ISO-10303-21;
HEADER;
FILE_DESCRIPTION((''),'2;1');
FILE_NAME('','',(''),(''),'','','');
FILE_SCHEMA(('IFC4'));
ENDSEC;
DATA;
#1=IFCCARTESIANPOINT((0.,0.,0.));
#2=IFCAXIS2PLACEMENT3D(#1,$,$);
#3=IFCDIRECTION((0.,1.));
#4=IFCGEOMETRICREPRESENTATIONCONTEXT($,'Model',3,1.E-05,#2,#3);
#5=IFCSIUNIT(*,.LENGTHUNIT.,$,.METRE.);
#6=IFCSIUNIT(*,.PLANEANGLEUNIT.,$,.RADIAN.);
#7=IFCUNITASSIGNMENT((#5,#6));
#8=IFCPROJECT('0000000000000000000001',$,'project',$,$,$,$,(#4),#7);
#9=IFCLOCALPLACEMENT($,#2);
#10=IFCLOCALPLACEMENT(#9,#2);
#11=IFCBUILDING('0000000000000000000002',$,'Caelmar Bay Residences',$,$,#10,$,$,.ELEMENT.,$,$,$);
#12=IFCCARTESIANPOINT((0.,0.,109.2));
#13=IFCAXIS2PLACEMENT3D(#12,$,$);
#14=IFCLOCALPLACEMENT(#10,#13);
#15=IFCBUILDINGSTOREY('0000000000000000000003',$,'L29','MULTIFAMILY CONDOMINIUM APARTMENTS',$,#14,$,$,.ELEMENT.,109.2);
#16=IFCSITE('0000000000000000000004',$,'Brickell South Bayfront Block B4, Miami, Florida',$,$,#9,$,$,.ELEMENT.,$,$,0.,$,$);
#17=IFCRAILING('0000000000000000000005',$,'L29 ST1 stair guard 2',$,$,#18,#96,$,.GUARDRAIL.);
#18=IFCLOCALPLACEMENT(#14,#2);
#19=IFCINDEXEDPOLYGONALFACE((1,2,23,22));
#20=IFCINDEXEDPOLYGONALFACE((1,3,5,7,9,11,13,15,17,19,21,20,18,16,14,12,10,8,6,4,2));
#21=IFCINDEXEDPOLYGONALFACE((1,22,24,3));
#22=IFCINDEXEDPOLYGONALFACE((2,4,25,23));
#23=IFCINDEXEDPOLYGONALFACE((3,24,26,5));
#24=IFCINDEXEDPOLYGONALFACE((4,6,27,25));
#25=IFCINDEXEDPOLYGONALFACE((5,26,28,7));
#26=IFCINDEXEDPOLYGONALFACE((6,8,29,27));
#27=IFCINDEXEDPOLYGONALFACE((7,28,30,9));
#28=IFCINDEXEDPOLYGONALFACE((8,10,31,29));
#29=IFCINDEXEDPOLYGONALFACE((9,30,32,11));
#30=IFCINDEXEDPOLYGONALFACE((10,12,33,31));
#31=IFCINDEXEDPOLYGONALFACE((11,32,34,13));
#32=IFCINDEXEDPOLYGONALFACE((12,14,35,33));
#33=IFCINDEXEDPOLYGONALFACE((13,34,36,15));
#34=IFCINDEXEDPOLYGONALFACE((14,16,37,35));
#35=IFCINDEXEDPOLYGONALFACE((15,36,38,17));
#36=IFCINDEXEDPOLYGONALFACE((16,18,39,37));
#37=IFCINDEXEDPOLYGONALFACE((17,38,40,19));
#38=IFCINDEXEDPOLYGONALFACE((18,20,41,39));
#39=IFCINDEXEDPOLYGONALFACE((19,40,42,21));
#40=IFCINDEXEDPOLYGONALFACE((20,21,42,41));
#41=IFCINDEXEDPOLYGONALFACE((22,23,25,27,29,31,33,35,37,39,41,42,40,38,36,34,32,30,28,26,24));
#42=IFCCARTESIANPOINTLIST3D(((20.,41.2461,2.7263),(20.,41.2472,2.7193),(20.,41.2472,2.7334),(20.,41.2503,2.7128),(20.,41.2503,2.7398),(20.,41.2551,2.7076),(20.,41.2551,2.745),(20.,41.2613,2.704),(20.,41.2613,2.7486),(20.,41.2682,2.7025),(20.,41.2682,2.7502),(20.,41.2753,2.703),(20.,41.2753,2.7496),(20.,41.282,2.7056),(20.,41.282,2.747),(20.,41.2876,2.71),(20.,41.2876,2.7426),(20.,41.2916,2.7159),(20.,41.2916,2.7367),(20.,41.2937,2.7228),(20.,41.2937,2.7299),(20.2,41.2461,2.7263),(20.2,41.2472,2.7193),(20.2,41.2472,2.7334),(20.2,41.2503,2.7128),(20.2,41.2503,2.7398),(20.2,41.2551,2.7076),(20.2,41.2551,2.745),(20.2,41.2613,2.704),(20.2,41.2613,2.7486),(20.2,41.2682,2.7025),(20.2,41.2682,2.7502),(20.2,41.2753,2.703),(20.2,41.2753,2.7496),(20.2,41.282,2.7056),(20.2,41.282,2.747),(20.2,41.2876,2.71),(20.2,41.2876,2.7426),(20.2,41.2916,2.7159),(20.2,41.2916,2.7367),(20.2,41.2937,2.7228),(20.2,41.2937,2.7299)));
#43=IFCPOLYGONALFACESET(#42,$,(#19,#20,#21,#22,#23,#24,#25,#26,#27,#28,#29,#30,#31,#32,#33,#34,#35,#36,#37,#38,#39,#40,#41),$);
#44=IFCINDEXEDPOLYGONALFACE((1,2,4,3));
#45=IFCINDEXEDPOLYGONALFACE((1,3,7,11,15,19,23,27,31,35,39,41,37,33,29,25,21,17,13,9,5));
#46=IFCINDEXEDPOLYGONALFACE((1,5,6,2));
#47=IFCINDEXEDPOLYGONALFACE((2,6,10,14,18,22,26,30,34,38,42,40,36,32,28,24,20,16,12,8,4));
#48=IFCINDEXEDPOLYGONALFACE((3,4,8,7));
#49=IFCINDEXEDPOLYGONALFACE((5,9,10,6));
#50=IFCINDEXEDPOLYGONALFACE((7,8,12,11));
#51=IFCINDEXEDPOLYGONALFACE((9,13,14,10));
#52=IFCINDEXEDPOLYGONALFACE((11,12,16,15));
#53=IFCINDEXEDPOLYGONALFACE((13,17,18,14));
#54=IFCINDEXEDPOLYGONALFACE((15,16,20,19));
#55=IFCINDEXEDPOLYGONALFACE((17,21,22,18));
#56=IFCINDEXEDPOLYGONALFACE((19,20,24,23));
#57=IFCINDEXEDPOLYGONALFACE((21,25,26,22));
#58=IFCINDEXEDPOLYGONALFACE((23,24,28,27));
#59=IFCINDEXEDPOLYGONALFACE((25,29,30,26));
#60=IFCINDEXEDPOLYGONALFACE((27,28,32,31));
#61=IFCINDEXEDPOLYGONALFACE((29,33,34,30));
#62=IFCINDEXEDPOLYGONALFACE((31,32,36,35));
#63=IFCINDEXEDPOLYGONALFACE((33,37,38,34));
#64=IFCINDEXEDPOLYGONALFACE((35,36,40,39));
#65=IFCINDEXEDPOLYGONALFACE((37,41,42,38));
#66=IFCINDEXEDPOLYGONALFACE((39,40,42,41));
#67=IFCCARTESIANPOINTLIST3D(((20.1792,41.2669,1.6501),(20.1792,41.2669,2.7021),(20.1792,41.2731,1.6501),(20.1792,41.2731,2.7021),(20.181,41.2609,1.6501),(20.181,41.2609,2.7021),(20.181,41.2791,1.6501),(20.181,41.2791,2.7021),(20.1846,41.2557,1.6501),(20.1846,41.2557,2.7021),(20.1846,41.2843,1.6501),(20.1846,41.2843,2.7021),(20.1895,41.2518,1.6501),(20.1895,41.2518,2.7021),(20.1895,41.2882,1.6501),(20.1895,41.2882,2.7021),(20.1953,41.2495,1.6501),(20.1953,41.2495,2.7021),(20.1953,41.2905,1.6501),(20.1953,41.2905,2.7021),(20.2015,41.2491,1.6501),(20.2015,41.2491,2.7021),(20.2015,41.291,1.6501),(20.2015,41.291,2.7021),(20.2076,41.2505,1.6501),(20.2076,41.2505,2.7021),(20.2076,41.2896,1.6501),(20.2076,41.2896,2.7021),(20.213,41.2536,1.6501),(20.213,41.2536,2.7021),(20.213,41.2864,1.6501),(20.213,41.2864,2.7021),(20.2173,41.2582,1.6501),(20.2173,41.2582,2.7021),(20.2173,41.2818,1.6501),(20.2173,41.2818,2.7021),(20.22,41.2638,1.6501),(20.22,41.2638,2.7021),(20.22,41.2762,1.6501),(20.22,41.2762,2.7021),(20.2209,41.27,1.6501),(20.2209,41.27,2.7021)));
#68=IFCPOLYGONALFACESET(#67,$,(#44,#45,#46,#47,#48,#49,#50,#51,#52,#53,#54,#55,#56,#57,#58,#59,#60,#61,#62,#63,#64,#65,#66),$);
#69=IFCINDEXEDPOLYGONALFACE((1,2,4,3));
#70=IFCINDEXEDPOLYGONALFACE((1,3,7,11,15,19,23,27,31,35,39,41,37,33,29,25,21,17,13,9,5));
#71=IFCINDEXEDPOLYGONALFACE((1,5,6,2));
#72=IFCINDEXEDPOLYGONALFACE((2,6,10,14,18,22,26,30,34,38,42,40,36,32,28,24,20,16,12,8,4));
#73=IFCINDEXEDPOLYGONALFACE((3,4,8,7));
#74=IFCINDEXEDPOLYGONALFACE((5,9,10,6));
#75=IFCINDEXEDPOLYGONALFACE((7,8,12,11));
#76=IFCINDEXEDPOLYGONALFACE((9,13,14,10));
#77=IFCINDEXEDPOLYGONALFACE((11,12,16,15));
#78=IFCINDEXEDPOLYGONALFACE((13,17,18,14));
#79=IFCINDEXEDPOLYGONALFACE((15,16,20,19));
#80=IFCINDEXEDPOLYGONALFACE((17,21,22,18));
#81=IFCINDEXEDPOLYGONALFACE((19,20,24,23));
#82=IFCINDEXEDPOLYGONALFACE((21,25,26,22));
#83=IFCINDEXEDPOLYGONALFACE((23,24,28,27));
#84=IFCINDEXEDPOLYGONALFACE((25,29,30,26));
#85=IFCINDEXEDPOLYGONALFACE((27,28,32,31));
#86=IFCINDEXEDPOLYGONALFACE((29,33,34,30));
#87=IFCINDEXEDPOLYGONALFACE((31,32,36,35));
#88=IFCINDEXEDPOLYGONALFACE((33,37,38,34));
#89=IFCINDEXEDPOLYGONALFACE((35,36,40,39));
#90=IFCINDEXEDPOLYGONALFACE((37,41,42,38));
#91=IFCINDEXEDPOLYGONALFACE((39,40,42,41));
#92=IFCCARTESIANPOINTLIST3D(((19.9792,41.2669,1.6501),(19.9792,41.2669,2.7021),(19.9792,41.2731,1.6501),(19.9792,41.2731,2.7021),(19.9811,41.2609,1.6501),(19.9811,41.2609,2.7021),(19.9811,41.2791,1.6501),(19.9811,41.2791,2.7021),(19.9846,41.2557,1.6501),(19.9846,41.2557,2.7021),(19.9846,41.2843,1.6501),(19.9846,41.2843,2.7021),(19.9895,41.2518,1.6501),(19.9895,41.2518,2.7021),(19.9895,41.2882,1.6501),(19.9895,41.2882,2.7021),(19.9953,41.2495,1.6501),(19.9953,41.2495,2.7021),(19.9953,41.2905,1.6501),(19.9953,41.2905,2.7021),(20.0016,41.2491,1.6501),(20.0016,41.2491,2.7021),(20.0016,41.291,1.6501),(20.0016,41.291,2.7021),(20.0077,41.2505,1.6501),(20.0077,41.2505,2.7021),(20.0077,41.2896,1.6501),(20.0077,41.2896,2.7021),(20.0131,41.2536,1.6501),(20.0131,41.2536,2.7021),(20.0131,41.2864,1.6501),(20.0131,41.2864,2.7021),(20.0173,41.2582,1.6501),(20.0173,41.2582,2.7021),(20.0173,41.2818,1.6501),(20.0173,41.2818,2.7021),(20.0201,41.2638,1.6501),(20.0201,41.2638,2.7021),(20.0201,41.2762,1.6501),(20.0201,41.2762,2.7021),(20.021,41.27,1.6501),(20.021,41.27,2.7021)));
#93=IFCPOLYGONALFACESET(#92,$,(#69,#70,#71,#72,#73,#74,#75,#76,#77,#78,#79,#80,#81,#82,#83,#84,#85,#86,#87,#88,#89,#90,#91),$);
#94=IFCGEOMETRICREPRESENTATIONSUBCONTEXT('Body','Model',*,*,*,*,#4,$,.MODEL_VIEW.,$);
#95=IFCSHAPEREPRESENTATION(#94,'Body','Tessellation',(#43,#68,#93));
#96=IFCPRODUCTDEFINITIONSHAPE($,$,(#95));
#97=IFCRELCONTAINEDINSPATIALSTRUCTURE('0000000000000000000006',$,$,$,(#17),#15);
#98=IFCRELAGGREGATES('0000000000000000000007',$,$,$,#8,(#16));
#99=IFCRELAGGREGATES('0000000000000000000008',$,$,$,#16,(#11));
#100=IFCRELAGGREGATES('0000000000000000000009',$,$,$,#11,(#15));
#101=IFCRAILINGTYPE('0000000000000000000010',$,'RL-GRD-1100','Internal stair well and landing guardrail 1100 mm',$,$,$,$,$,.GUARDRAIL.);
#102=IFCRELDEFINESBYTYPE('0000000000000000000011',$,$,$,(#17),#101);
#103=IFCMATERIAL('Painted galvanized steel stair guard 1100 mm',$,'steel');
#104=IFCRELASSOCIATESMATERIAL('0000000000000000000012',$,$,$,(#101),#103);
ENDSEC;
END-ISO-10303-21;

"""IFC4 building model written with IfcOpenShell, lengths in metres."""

from ifc_helpers import new_model, si_unit, direction, frame, origin, origin_2d, place, context, subcontext, project, spatial, circle, extrude, material, type_object, element, save


model = new_model("IFC4")

# Units and contexts
model_context = context("Model", 3, precision=1e-05, world=origin(), true_north=direction((0.0, 1.0)))
body_context = subcontext(model_context, "Body", "Model", "MODEL_VIEW")
ifc_project = project(units=[si_unit("LENGTHUNIT", "METRE"), si_unit("PLANEANGLEUNIT", "RADIAN")], contexts=[model_context])

# Site, building, storey
site_placement = place(None, origin())
site = spatial("IfcSite", under=ifc_project, at=site_placement, Name="Brickell South Bayfront Block B4, Miami, Florida", CompositionType="ELEMENT", RefElevation=0.0)
building_placement = place(site_placement, origin())
building = spatial("IfcBuilding", under=site, at=building_placement, Name="Caelmar Bay Residences", CompositionType="ELEMENT")
storey_placement = place(building_placement, frame((0.0, 0.0, 109.2)))
storey = spatial("IfcBuildingStorey", under=building, at=storey_placement, Name="L29", Description="MULTIFAMILY CONDOMINIUM APARTMENTS", CompositionType="ELEMENT", Elevation=109.2)

# Railing
ifc_material_1 = material(Name="Painted galvanized steel stair guard 1100 mm", Category="steel")
railing_type = type_object("IfcRailingType", Name="RL-GRD-1100", Description="Internal stair well and landing guardrail 1100 mm", PredefinedType="GUARDRAIL", material=ifc_material_1)
railing_1_placement = place(storey_placement, frame((20.2, 41.27, 1.6501)))
element("IfcRailing", 1, at=railing_1_placement, inside=storey, type_object=railing_type, Name="L29 ST1 stair guard 2", PredefinedType="GUARDRAIL", context=body_context, shape_type="SweptSolid", body=[
    extrude(circle(Radius=0.0239, at=origin_2d()), frame((0.0, 0.0, 1.0762), z_axis=(-1.0, 0.0, 0.0), x_axis=(0.0, -1.0, 0.0)), (0.0, 0.0, 1.0), 0.2),
    extrude(circle(Radius=0.021, at=origin_2d()), origin(), (0.0, 0.0, 1.0), 1.052),
    extrude(circle(Radius=0.021, at=origin_2d()), frame((-0.2, 0.0, 0.0)), (0.0, 0.0, 1.0), 1.052),
])

save(model, "model.ifc")
